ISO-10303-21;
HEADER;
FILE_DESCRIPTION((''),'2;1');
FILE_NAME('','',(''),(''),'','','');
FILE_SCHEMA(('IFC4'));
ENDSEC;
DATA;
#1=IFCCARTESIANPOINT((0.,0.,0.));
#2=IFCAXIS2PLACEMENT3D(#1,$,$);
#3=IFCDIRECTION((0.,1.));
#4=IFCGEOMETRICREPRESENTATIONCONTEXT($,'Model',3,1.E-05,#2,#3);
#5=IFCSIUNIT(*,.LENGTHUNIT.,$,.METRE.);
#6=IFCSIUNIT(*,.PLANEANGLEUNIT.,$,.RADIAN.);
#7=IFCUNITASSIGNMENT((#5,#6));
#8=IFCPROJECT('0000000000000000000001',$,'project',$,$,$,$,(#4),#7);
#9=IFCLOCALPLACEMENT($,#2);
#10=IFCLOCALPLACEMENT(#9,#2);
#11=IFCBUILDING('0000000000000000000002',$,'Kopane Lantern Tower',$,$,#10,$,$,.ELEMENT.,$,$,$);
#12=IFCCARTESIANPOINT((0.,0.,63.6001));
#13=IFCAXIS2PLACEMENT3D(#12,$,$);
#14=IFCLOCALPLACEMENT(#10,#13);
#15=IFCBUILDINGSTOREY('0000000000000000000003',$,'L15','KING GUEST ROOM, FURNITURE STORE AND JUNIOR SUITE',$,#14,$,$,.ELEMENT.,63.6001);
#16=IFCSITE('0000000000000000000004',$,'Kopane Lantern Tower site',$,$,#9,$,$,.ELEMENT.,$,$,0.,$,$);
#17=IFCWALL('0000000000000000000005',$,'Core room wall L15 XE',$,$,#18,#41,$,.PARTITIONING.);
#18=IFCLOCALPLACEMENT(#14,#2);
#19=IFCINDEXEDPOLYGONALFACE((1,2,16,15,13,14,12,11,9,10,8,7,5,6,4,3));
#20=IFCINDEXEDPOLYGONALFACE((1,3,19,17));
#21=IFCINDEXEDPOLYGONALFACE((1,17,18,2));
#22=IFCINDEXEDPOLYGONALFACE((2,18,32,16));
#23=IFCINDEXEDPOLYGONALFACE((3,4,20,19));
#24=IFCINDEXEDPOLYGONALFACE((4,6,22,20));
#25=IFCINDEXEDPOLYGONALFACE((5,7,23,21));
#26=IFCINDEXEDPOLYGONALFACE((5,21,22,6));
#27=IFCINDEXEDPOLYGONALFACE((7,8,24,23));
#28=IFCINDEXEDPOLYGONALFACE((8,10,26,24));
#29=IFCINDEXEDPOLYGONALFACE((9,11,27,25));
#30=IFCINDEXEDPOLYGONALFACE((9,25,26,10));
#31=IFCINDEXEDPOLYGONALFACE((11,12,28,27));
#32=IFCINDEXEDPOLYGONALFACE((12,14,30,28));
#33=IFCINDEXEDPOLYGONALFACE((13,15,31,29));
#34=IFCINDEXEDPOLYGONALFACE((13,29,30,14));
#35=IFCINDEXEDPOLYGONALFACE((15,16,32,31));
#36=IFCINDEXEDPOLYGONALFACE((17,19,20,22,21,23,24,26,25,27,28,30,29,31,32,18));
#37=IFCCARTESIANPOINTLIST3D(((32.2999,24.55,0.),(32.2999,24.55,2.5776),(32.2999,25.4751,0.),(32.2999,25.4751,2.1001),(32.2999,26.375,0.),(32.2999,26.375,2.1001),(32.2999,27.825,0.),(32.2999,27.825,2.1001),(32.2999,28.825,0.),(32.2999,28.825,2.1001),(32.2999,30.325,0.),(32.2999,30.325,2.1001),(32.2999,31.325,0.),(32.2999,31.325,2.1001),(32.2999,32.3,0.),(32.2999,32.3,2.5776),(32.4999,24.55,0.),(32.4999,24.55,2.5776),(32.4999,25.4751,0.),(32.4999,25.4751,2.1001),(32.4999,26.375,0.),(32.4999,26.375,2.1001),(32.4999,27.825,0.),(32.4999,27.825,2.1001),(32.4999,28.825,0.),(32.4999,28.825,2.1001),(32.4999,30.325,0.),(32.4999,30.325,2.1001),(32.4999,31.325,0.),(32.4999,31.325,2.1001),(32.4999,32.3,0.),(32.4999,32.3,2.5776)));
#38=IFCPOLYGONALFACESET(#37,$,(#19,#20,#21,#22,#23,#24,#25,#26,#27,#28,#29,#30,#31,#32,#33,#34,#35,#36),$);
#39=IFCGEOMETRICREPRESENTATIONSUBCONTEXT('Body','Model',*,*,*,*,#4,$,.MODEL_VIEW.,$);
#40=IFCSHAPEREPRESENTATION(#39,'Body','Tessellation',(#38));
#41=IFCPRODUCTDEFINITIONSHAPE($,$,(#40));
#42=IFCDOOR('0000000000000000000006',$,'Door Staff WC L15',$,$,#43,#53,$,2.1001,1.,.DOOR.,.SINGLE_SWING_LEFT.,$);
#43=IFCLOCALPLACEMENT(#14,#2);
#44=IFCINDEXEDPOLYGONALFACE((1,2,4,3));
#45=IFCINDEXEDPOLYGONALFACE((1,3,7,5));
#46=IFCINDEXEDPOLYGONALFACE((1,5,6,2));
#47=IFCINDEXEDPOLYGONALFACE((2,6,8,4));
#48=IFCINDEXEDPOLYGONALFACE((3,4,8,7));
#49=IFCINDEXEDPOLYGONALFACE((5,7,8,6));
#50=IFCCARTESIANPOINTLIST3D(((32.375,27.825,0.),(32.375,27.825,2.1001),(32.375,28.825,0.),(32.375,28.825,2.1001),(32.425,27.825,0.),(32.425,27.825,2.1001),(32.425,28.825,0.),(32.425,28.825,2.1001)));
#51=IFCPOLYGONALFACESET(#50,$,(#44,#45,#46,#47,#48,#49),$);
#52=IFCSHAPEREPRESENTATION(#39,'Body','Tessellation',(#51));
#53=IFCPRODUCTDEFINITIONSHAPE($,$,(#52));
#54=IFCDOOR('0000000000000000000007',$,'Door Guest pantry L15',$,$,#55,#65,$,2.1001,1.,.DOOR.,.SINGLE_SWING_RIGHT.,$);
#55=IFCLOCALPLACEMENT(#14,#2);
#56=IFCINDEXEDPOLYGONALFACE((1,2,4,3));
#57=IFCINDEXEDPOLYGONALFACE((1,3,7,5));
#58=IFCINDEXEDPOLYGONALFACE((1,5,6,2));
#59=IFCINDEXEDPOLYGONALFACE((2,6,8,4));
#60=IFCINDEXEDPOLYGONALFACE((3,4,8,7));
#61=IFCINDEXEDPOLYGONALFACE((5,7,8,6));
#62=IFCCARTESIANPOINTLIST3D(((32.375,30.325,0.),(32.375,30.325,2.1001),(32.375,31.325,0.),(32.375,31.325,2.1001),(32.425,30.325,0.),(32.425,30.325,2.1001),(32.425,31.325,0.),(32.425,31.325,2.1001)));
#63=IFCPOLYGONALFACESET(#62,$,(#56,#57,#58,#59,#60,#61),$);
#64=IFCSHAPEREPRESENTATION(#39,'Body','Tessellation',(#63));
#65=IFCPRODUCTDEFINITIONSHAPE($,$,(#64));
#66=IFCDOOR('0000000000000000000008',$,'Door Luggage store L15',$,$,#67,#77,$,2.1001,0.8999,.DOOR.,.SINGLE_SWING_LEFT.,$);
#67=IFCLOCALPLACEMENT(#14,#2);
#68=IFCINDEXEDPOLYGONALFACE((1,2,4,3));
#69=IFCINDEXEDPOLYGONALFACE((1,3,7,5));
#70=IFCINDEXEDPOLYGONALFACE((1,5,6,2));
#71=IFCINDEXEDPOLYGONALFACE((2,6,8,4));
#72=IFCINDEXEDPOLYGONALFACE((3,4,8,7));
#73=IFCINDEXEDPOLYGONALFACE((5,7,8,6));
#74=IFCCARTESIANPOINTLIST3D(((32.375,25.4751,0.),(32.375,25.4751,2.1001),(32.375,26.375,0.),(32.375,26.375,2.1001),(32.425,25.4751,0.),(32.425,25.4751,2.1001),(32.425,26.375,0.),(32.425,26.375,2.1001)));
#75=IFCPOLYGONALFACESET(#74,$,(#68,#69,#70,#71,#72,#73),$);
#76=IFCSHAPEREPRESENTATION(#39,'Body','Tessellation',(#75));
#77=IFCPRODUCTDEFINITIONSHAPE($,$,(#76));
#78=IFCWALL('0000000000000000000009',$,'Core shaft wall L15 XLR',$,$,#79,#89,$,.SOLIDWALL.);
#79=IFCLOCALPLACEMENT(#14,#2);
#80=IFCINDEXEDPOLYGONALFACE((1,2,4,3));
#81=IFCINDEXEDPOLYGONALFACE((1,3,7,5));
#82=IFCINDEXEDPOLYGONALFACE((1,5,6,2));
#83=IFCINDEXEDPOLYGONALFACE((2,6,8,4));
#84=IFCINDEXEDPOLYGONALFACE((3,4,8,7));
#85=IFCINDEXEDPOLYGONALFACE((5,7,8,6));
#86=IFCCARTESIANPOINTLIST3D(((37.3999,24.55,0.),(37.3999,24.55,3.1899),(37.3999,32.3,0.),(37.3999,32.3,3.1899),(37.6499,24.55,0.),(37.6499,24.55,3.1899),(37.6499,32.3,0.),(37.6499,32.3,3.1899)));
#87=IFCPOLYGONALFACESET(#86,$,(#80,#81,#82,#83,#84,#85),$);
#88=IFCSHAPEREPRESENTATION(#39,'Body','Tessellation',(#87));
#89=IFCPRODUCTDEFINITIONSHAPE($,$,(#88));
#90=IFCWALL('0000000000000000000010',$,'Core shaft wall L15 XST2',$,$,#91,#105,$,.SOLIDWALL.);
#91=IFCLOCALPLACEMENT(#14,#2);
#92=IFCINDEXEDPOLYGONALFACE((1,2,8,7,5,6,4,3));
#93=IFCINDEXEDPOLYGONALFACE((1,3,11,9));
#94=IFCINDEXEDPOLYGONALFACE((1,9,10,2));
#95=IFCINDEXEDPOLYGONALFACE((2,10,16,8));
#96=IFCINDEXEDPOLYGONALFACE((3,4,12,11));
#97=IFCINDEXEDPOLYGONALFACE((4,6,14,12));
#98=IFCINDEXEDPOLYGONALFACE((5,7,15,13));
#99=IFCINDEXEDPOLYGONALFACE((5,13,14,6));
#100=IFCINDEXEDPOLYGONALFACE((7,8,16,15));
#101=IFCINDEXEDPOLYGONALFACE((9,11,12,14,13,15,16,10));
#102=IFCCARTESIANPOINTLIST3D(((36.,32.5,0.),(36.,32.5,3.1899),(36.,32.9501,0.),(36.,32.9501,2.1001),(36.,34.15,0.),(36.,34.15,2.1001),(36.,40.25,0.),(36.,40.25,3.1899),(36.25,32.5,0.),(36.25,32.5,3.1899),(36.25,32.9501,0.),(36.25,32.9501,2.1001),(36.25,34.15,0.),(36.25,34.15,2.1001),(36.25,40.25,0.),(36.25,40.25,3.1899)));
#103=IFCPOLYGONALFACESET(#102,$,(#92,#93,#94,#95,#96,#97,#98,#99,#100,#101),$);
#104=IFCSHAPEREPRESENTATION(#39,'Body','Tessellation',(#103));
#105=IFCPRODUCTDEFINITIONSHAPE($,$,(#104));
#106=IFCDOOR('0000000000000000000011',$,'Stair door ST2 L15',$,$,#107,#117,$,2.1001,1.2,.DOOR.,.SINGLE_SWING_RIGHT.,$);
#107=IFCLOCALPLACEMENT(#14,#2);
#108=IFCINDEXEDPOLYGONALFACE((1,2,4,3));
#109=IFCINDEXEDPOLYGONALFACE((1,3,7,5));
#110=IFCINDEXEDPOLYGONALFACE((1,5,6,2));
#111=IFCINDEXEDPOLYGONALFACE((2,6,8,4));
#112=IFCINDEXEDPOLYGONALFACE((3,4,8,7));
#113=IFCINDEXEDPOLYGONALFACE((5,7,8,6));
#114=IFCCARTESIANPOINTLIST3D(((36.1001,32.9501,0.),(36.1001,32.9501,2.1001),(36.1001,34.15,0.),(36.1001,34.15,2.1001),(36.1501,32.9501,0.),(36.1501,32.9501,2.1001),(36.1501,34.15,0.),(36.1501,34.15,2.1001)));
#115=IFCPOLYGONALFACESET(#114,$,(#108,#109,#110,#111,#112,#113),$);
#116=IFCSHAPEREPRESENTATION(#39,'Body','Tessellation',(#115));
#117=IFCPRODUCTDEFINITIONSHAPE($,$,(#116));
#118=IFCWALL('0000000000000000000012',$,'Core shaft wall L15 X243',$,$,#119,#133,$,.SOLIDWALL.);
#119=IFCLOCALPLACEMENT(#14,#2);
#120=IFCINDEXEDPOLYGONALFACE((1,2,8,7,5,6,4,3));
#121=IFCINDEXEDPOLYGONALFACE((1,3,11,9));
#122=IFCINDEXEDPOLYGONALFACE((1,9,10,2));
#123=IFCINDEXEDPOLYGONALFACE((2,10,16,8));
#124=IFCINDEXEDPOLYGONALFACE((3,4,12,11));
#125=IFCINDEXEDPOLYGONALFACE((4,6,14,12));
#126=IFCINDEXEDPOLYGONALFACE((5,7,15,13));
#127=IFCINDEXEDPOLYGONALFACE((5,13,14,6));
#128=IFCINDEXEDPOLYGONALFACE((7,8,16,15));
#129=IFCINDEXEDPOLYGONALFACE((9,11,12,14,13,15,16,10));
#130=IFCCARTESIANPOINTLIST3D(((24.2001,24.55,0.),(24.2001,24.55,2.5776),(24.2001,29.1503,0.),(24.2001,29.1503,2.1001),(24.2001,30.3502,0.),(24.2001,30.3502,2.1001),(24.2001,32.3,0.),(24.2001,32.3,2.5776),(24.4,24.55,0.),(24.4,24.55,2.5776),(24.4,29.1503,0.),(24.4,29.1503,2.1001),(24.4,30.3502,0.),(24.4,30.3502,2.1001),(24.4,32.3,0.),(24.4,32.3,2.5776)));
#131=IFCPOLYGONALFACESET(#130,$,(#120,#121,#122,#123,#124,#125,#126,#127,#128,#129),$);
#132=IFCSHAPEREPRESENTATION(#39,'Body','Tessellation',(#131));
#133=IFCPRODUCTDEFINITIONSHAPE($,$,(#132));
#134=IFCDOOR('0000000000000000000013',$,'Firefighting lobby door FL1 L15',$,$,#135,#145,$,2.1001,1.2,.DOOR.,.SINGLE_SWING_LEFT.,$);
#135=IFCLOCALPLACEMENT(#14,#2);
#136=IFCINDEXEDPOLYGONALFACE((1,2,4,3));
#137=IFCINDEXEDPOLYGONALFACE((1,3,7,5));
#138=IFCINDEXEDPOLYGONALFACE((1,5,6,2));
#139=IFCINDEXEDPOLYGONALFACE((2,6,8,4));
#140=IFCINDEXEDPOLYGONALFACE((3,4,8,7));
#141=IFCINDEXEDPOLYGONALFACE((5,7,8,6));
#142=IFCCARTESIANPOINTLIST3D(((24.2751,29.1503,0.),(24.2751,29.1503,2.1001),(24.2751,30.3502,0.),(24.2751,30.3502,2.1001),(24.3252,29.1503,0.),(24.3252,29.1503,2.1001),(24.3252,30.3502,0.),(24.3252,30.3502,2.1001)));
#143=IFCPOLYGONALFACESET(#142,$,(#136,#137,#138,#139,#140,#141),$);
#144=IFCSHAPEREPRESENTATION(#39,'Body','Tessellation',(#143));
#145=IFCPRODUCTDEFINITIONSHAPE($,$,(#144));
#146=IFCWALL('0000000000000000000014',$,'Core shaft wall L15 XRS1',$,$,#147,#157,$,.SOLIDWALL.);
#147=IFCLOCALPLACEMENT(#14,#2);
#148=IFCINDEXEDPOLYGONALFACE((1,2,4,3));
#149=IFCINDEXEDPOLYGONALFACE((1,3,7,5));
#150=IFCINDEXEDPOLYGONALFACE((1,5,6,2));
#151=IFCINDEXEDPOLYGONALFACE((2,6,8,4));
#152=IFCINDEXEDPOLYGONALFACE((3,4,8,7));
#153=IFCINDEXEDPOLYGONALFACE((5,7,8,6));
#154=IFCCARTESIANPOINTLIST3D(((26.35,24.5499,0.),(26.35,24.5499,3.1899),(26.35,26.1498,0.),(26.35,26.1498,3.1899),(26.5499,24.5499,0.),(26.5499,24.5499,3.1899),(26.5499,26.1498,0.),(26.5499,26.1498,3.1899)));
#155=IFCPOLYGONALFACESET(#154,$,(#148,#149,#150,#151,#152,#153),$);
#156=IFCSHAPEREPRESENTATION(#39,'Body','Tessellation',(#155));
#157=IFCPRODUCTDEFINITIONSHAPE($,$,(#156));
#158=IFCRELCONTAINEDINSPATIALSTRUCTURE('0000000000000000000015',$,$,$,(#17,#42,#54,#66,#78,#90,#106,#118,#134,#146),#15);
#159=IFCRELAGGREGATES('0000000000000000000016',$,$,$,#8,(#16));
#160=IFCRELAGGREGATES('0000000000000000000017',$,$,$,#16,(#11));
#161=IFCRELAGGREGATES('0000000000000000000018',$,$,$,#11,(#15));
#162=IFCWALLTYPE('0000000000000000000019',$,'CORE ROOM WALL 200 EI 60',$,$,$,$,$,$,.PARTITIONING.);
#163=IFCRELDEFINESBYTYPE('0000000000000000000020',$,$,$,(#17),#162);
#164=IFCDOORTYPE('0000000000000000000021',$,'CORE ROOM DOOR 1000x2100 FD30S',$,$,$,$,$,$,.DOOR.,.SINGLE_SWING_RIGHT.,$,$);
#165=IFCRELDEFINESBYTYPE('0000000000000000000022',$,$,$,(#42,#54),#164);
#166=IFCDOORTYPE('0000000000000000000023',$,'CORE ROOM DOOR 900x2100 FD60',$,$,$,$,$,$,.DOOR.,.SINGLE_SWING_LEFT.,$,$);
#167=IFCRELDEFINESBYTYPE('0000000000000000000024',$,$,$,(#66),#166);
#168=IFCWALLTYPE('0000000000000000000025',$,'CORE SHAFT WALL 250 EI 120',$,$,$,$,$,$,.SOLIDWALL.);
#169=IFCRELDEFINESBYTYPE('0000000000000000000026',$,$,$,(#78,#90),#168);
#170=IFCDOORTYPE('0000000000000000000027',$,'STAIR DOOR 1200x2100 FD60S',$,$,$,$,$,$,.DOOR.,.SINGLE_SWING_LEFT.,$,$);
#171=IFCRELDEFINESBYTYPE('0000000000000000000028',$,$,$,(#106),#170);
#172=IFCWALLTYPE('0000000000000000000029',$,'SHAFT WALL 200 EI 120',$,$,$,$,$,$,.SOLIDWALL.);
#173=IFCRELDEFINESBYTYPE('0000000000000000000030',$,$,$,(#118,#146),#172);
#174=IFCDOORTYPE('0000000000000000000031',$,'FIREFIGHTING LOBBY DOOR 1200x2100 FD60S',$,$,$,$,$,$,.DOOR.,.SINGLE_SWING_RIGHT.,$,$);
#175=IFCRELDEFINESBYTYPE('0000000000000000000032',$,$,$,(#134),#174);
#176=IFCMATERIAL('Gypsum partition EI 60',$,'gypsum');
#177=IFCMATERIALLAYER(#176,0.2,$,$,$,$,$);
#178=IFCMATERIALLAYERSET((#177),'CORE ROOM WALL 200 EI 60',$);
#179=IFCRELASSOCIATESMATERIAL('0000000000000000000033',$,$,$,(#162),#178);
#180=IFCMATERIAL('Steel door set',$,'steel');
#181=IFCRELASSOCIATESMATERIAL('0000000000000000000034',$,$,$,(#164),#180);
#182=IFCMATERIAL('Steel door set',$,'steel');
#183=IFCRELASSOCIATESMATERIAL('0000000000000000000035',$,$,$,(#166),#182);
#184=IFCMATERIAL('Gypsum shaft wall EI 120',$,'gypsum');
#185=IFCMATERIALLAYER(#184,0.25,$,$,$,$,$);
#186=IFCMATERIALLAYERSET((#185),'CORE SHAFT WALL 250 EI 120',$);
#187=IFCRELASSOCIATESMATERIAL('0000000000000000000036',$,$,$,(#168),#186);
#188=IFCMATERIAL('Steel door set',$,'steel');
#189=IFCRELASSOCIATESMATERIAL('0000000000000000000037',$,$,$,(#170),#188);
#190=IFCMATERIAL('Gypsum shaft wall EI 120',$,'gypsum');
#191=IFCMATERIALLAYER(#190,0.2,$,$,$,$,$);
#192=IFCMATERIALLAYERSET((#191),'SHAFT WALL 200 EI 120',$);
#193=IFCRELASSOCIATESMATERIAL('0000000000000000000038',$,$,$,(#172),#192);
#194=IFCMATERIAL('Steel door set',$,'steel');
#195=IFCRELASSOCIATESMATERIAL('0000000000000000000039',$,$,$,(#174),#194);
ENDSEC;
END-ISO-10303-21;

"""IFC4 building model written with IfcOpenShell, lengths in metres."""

from ifc_helpers import new_model, si_unit, direction, frame, frame_2d, origin, place, context, subcontext, project, spatial, rectangle, extrude, material, layer, layer_set, type_object, element, fill, save


model = new_model("IFC4")

# Units and contexts
model_context = context("Model", 3, precision=1e-05, world=origin(), true_north=direction((0.0, 1.0)))
body_context = subcontext(model_context, "Body", "Model", "MODEL_VIEW")
ifc_project = project(units=[si_unit("LENGTHUNIT", "METRE"), si_unit("PLANEANGLEUNIT", "RADIAN")], contexts=[model_context])

# Site, building, storey
site_placement = place(None, origin())
site = spatial("IfcSite", under=ifc_project, at=site_placement, Name="Kopane Lantern Tower site", CompositionType="ELEMENT", RefElevation=0.0)
building_placement = place(site_placement, origin())
building = spatial("IfcBuilding", under=site, at=building_placement, Name="Kopane Lantern Tower", CompositionType="ELEMENT")
storey_placement = place(building_placement, frame((0.0, 0.0, 63.6001)))
storey = spatial("IfcBuildingStorey", under=building, at=storey_placement, Name="L15", Description="KING GUEST ROOM, FURNITURE STORE AND JUNIOR SUITE", CompositionType="ELEMENT", Elevation=63.6001)

# Wall, openings, doors
ifc_material_1 = material(Name="Gypsum partition EI 60", Category="gypsum")
ifc_layer_1 = layer(ifc_material_1, 0.2)
ifc_layer_set_1 = layer_set([ifc_layer_1], Name="CORE ROOM WALL 200 EI 60")
wall_type_1 = type_object("IfcWallType", Name="CORE ROOM WALL 200 EI 60", PredefinedType="PARTITIONING", material=ifc_layer_set_1)
wall_1_placement = place(storey_placement, frame((32.3999, 24.55, 0.0), z_axis=(0.0, 0.0, 1.0), x_axis=(0.0, 1.0, 0.0)))
wall_1 = element("IfcWall", 1, at=wall_1_placement, inside=storey, type_object=wall_type_1, Name="Core room wall L15 XE", PredefinedType="PARTITIONING", context=body_context, shape_type="SweptSolid", body=[
    extrude(rectangle(XDim=7.75, YDim=0.2, at=frame_2d((3.875, 0.0))), origin(), (0.0, 0.0, 1.0), 2.5776),
])
opening_1_placement = place(wall_1_placement, frame((0.925, 0.0, 0.0)))
opening_1 = element("IfcOpeningElement", 2, at=opening_1_placement, cuts=wall_1, PredefinedType="OPENING", context=body_context, shape_type="SweptSolid", body=[
    extrude(rectangle(XDim=0.8999, YDim=2.1001, at=frame_2d((0.45, 1.05))), frame((0.0, 0.1099, 0.0), z_axis=(0.0, -1.0, 0.0), x_axis=(1.0, 0.0, 0.0)), (0.0, 0.0, 1.0), 0.22),
])
opening_2_placement = place(wall_1_placement, frame((3.2749, 0.0, 0.0)))
opening_2 = element("IfcOpeningElement", 3, at=opening_2_placement, cuts=wall_1, PredefinedType="OPENING", context=body_context, shape_type="SweptSolid", body=[
    extrude(rectangle(XDim=1.0, YDim=2.1001, at=frame_2d((0.5, 1.05))), frame((0.0, 0.1099, 0.0), z_axis=(0.0, -1.0, 0.0), x_axis=(1.0, 0.0, 0.0)), (0.0, 0.0, 1.0), 0.22),
])
opening_3_placement = place(wall_1_placement, frame((5.7749, 0.0, 0.0)))
opening_3 = element("IfcOpeningElement", 4, at=opening_3_placement, cuts=wall_1, PredefinedType="OPENING", context=body_context, shape_type="SweptSolid", body=[
    extrude(rectangle(XDim=1.0, YDim=2.1001, at=frame_2d((0.5, 1.05))), frame((0.0, 0.1099, 0.0), z_axis=(0.0, -1.0, 0.0), x_axis=(1.0, 0.0, 0.0)), (0.0, 0.0, 1.0), 0.22),
])
ifc_material_2 = material(Name="Steel door set", Category="steel")
door_type_1 = type_object("IfcDoorType", Name="CORE ROOM DOOR 1000x2100 FD30S", OperationType="SINGLE_SWING_RIGHT", PredefinedType="DOOR", material=ifc_material_2)
door_1_placement = place(opening_2_placement, origin())
door_1 = element("IfcDoor", 5, at=door_1_placement, inside=storey, type_object=door_type_1, Name="Door Staff WC L15", OperationType="SINGLE_SWING_LEFT", OverallHeight=2.1001, OverallWidth=1.0, PredefinedType="DOOR", context=body_context, shape_type="SweptSolid", body=[
    extrude(rectangle(XDim=1.0, YDim=2.1001, at=frame_2d((0.5, 1.05))), frame((0.0, 0.0249, 0.0), z_axis=(0.0, -1.0, 0.0), x_axis=(1.0, 0.0, 0.0)), (0.0, 0.0, 1.0), 0.05),
])
fill(opening_2, door_1)
door_2_placement = place(opening_3_placement, origin())
door_2 = element("IfcDoor", 6, at=door_2_placement, inside=storey, type_object=door_type_1, Name="Door Guest pantry L15", OperationType="SINGLE_SWING_RIGHT", OverallHeight=2.1001, OverallWidth=1.0, PredefinedType="DOOR", context=body_context, shape_type="SweptSolid", body=[
    extrude(rectangle(XDim=1.0, YDim=2.1001, at=frame_2d((0.5, 1.05))), frame((0.0, 0.0249, 0.0), z_axis=(0.0, -1.0, 0.0), x_axis=(1.0, 0.0, 0.0)), (0.0, 0.0, 1.0), 0.05),
])
fill(opening_3, door_2)
ifc_material_3 = material(Name="Steel door set", Category="steel")
door_type_2 = type_object("IfcDoorType", Name="CORE ROOM DOOR 900x2100 FD60", OperationType="SINGLE_SWING_LEFT", PredefinedType="DOOR", material=ifc_material_3)
door_3_placement = place(opening_1_placement, origin())
door_3 = element("IfcDoor", 7, at=door_3_placement, inside=storey, type_object=door_type_2, Name="Door Luggage store L15", OperationType="SINGLE_SWING_LEFT", OverallHeight=2.1001, OverallWidth=0.8999, PredefinedType="DOOR", context=body_context, shape_type="SweptSolid", body=[
    extrude(rectangle(XDim=0.8999, YDim=2.1001, at=frame_2d((0.45, 1.05))), frame((0.0, 0.0249, 0.0), z_axis=(0.0, -1.0, 0.0), x_axis=(1.0, 0.0, 0.0)), (0.0, 0.0, 1.0), 0.05),
])
fill(opening_1, door_3)

# Wall
ifc_material_4 = material(Name="Gypsum shaft wall EI 120", Category="gypsum")
ifc_layer_2 = layer(ifc_material_4, 0.25)
ifc_layer_set_2 = layer_set([ifc_layer_2], Name="CORE SHAFT WALL 250 EI 120")
wall_type_2 = type_object("IfcWallType", Name="CORE SHAFT WALL 250 EI 120", PredefinedType="SOLIDWALL", material=ifc_layer_set_2)
wall_2_placement = place(storey_placement, frame((37.5249, 24.55, 0.0), z_axis=(0.0, 0.0, 1.0), x_axis=(0.0, 1.0, 0.0)))
element("IfcWall", 8, at=wall_2_placement, inside=storey, type_object=wall_type_2, Name="Core shaft wall L15 XLR", PredefinedType="SOLIDWALL", context=body_context, shape_type="SweptSolid", body=[
    extrude(rectangle(XDim=7.75, YDim=0.25, at=frame_2d((3.875, 0.0))), origin(), (0.0, 0.0, 1.0), 3.1899),
])

# Walls, openings, doors
wall_3_placement = place(storey_placement, frame((36.125, 32.5, 0.0), z_axis=(0.0, 0.0, 1.0), x_axis=(0.0, 1.0, 0.0)))
wall_3 = element("IfcWall", 9, at=wall_3_placement, inside=storey, type_object=wall_type_2, Name="Core shaft wall L15 XST2", PredefinedType="SOLIDWALL", context=body_context, shape_type="SweptSolid", body=[
    extrude(rectangle(XDim=7.75, YDim=0.25, at=frame_2d((3.875, 0.0))), origin(), (0.0, 0.0, 1.0), 3.1899),
])
opening_4_placement = place(wall_3_placement, frame((0.45, 0.0, 0.0)))
opening_4 = element("IfcOpeningElement", 10, at=opening_4_placement, cuts=wall_3, PredefinedType="OPENING", context=body_context, shape_type="SweptSolid", body=[
    extrude(rectangle(XDim=1.2, YDim=2.1001, at=frame_2d((0.6001, 1.05))), frame((0.0, 0.135, 0.0), z_axis=(0.0, -1.0, 0.0), x_axis=(1.0, 0.0, 0.0)), (0.0, 0.0, 1.0), 0.27),
])
ifc_material_5 = material(Name="Steel door set", Category="steel")
door_type_3 = type_object("IfcDoorType", Name="STAIR DOOR 1200x2100 FD60S", OperationType="SINGLE_SWING_LEFT", PredefinedType="DOOR", material=ifc_material_5)
door_4_placement = place(opening_4_placement, origin())
door_4 = element("IfcDoor", 11, at=door_4_placement, inside=storey, type_object=door_type_3, Name="Stair door ST2 L15", OperationType="SINGLE_SWING_RIGHT", OverallHeight=2.1001, OverallWidth=1.2, PredefinedType="DOOR", context=body_context, shape_type="SweptSolid", body=[
    extrude(rectangle(XDim=1.2, YDim=2.1001, at=frame_2d((0.6001, 1.05))), frame((0.0, 0.0249, 0.0), z_axis=(0.0, -1.0, 0.0), x_axis=(1.0, 0.0, 0.0)), (0.0, 0.0, 1.0), 0.05),
])
fill(opening_4, door_4)
ifc_material_6 = material(Name="Gypsum shaft wall EI 120", Category="gypsum")
ifc_layer_3 = layer(ifc_material_6, 0.2)
ifc_layer_set_3 = layer_set([ifc_layer_3], Name="SHAFT WALL 200 EI 120")
wall_type_3 = type_object("IfcWallType", Name="SHAFT WALL 200 EI 120", PredefinedType="SOLIDWALL", material=ifc_layer_set_3)
wall_4_placement = place(storey_placement, frame((24.3, 24.55, 0.0), z_axis=(0.0, 0.0, 1.0), x_axis=(0.0, 1.0, 0.0)))
wall_4 = element("IfcWall", 12, at=wall_4_placement, inside=storey, type_object=wall_type_3, Name="Core shaft wall L15 X243", PredefinedType="SOLIDWALL", context=body_context, shape_type="SweptSolid", body=[
    extrude(rectangle(XDim=7.75, YDim=0.2, at=frame_2d((3.875, 0.0))), origin(), (0.0, 0.0, 1.0), 2.5776),
])
opening_5_placement = place(wall_4_placement, frame((4.6001, 0.0, 0.0)))
opening_5 = element("IfcOpeningElement", 13, at=opening_5_placement, cuts=wall_4, PredefinedType="OPENING", context=body_context, shape_type="SweptSolid", body=[
    extrude(rectangle(XDim=1.2, YDim=2.1001, at=frame_2d((0.6001, 1.05))), frame((0.0, 0.1099, 0.0), z_axis=(0.0, -1.0, 0.0), x_axis=(1.0, 0.0, 0.0)), (0.0, 0.0, 1.0), 0.22),
])
ifc_material_7 = material(Name="Steel door set", Category="steel")
door_type_4 = type_object("IfcDoorType", Name="FIREFIGHTING LOBBY DOOR 1200x2100 FD60S", OperationType="SINGLE_SWING_RIGHT", PredefinedType="DOOR", material=ifc_material_7)
door_5_placement = place(opening_5_placement, origin())
door_5 = element("IfcDoor", 14, at=door_5_placement, inside=storey, type_object=door_type_4, Name="Firefighting lobby door FL1 L15", OperationType="SINGLE_SWING_LEFT", OverallHeight=2.1001, OverallWidth=1.2, PredefinedType="DOOR", context=body_context, shape_type="SweptSolid", body=[
    extrude(rectangle(XDim=1.2, YDim=2.1001, at=frame_2d((0.6001, 1.05))), frame((0.0, 0.0249, 0.0), z_axis=(0.0, -1.0, 0.0), x_axis=(1.0, 0.0, 0.0)), (0.0, 0.0, 1.0), 0.05),
])
fill(opening_5, door_5)

# Wall
wall_5_placement = place(storey_placement, frame((26.45, 24.55, 0.0), z_axis=(0.0, 0.0, 1.0), x_axis=(0.0, 1.0, 0.0)))
element("IfcWall", 15, at=wall_5_placement, inside=storey, type_object=wall_type_3, Name="Core shaft wall L15 XRS1", PredefinedType="SOLIDWALL", context=body_context, shape_type="SweptSolid", body=[
    extrude(rectangle(XDim=1.5999, YDim=0.2, at=frame_2d((0.7998, 0.0))), origin(), (0.0, 0.0, 1.0), 3.1899),
])

save(model, "model.ifc")
